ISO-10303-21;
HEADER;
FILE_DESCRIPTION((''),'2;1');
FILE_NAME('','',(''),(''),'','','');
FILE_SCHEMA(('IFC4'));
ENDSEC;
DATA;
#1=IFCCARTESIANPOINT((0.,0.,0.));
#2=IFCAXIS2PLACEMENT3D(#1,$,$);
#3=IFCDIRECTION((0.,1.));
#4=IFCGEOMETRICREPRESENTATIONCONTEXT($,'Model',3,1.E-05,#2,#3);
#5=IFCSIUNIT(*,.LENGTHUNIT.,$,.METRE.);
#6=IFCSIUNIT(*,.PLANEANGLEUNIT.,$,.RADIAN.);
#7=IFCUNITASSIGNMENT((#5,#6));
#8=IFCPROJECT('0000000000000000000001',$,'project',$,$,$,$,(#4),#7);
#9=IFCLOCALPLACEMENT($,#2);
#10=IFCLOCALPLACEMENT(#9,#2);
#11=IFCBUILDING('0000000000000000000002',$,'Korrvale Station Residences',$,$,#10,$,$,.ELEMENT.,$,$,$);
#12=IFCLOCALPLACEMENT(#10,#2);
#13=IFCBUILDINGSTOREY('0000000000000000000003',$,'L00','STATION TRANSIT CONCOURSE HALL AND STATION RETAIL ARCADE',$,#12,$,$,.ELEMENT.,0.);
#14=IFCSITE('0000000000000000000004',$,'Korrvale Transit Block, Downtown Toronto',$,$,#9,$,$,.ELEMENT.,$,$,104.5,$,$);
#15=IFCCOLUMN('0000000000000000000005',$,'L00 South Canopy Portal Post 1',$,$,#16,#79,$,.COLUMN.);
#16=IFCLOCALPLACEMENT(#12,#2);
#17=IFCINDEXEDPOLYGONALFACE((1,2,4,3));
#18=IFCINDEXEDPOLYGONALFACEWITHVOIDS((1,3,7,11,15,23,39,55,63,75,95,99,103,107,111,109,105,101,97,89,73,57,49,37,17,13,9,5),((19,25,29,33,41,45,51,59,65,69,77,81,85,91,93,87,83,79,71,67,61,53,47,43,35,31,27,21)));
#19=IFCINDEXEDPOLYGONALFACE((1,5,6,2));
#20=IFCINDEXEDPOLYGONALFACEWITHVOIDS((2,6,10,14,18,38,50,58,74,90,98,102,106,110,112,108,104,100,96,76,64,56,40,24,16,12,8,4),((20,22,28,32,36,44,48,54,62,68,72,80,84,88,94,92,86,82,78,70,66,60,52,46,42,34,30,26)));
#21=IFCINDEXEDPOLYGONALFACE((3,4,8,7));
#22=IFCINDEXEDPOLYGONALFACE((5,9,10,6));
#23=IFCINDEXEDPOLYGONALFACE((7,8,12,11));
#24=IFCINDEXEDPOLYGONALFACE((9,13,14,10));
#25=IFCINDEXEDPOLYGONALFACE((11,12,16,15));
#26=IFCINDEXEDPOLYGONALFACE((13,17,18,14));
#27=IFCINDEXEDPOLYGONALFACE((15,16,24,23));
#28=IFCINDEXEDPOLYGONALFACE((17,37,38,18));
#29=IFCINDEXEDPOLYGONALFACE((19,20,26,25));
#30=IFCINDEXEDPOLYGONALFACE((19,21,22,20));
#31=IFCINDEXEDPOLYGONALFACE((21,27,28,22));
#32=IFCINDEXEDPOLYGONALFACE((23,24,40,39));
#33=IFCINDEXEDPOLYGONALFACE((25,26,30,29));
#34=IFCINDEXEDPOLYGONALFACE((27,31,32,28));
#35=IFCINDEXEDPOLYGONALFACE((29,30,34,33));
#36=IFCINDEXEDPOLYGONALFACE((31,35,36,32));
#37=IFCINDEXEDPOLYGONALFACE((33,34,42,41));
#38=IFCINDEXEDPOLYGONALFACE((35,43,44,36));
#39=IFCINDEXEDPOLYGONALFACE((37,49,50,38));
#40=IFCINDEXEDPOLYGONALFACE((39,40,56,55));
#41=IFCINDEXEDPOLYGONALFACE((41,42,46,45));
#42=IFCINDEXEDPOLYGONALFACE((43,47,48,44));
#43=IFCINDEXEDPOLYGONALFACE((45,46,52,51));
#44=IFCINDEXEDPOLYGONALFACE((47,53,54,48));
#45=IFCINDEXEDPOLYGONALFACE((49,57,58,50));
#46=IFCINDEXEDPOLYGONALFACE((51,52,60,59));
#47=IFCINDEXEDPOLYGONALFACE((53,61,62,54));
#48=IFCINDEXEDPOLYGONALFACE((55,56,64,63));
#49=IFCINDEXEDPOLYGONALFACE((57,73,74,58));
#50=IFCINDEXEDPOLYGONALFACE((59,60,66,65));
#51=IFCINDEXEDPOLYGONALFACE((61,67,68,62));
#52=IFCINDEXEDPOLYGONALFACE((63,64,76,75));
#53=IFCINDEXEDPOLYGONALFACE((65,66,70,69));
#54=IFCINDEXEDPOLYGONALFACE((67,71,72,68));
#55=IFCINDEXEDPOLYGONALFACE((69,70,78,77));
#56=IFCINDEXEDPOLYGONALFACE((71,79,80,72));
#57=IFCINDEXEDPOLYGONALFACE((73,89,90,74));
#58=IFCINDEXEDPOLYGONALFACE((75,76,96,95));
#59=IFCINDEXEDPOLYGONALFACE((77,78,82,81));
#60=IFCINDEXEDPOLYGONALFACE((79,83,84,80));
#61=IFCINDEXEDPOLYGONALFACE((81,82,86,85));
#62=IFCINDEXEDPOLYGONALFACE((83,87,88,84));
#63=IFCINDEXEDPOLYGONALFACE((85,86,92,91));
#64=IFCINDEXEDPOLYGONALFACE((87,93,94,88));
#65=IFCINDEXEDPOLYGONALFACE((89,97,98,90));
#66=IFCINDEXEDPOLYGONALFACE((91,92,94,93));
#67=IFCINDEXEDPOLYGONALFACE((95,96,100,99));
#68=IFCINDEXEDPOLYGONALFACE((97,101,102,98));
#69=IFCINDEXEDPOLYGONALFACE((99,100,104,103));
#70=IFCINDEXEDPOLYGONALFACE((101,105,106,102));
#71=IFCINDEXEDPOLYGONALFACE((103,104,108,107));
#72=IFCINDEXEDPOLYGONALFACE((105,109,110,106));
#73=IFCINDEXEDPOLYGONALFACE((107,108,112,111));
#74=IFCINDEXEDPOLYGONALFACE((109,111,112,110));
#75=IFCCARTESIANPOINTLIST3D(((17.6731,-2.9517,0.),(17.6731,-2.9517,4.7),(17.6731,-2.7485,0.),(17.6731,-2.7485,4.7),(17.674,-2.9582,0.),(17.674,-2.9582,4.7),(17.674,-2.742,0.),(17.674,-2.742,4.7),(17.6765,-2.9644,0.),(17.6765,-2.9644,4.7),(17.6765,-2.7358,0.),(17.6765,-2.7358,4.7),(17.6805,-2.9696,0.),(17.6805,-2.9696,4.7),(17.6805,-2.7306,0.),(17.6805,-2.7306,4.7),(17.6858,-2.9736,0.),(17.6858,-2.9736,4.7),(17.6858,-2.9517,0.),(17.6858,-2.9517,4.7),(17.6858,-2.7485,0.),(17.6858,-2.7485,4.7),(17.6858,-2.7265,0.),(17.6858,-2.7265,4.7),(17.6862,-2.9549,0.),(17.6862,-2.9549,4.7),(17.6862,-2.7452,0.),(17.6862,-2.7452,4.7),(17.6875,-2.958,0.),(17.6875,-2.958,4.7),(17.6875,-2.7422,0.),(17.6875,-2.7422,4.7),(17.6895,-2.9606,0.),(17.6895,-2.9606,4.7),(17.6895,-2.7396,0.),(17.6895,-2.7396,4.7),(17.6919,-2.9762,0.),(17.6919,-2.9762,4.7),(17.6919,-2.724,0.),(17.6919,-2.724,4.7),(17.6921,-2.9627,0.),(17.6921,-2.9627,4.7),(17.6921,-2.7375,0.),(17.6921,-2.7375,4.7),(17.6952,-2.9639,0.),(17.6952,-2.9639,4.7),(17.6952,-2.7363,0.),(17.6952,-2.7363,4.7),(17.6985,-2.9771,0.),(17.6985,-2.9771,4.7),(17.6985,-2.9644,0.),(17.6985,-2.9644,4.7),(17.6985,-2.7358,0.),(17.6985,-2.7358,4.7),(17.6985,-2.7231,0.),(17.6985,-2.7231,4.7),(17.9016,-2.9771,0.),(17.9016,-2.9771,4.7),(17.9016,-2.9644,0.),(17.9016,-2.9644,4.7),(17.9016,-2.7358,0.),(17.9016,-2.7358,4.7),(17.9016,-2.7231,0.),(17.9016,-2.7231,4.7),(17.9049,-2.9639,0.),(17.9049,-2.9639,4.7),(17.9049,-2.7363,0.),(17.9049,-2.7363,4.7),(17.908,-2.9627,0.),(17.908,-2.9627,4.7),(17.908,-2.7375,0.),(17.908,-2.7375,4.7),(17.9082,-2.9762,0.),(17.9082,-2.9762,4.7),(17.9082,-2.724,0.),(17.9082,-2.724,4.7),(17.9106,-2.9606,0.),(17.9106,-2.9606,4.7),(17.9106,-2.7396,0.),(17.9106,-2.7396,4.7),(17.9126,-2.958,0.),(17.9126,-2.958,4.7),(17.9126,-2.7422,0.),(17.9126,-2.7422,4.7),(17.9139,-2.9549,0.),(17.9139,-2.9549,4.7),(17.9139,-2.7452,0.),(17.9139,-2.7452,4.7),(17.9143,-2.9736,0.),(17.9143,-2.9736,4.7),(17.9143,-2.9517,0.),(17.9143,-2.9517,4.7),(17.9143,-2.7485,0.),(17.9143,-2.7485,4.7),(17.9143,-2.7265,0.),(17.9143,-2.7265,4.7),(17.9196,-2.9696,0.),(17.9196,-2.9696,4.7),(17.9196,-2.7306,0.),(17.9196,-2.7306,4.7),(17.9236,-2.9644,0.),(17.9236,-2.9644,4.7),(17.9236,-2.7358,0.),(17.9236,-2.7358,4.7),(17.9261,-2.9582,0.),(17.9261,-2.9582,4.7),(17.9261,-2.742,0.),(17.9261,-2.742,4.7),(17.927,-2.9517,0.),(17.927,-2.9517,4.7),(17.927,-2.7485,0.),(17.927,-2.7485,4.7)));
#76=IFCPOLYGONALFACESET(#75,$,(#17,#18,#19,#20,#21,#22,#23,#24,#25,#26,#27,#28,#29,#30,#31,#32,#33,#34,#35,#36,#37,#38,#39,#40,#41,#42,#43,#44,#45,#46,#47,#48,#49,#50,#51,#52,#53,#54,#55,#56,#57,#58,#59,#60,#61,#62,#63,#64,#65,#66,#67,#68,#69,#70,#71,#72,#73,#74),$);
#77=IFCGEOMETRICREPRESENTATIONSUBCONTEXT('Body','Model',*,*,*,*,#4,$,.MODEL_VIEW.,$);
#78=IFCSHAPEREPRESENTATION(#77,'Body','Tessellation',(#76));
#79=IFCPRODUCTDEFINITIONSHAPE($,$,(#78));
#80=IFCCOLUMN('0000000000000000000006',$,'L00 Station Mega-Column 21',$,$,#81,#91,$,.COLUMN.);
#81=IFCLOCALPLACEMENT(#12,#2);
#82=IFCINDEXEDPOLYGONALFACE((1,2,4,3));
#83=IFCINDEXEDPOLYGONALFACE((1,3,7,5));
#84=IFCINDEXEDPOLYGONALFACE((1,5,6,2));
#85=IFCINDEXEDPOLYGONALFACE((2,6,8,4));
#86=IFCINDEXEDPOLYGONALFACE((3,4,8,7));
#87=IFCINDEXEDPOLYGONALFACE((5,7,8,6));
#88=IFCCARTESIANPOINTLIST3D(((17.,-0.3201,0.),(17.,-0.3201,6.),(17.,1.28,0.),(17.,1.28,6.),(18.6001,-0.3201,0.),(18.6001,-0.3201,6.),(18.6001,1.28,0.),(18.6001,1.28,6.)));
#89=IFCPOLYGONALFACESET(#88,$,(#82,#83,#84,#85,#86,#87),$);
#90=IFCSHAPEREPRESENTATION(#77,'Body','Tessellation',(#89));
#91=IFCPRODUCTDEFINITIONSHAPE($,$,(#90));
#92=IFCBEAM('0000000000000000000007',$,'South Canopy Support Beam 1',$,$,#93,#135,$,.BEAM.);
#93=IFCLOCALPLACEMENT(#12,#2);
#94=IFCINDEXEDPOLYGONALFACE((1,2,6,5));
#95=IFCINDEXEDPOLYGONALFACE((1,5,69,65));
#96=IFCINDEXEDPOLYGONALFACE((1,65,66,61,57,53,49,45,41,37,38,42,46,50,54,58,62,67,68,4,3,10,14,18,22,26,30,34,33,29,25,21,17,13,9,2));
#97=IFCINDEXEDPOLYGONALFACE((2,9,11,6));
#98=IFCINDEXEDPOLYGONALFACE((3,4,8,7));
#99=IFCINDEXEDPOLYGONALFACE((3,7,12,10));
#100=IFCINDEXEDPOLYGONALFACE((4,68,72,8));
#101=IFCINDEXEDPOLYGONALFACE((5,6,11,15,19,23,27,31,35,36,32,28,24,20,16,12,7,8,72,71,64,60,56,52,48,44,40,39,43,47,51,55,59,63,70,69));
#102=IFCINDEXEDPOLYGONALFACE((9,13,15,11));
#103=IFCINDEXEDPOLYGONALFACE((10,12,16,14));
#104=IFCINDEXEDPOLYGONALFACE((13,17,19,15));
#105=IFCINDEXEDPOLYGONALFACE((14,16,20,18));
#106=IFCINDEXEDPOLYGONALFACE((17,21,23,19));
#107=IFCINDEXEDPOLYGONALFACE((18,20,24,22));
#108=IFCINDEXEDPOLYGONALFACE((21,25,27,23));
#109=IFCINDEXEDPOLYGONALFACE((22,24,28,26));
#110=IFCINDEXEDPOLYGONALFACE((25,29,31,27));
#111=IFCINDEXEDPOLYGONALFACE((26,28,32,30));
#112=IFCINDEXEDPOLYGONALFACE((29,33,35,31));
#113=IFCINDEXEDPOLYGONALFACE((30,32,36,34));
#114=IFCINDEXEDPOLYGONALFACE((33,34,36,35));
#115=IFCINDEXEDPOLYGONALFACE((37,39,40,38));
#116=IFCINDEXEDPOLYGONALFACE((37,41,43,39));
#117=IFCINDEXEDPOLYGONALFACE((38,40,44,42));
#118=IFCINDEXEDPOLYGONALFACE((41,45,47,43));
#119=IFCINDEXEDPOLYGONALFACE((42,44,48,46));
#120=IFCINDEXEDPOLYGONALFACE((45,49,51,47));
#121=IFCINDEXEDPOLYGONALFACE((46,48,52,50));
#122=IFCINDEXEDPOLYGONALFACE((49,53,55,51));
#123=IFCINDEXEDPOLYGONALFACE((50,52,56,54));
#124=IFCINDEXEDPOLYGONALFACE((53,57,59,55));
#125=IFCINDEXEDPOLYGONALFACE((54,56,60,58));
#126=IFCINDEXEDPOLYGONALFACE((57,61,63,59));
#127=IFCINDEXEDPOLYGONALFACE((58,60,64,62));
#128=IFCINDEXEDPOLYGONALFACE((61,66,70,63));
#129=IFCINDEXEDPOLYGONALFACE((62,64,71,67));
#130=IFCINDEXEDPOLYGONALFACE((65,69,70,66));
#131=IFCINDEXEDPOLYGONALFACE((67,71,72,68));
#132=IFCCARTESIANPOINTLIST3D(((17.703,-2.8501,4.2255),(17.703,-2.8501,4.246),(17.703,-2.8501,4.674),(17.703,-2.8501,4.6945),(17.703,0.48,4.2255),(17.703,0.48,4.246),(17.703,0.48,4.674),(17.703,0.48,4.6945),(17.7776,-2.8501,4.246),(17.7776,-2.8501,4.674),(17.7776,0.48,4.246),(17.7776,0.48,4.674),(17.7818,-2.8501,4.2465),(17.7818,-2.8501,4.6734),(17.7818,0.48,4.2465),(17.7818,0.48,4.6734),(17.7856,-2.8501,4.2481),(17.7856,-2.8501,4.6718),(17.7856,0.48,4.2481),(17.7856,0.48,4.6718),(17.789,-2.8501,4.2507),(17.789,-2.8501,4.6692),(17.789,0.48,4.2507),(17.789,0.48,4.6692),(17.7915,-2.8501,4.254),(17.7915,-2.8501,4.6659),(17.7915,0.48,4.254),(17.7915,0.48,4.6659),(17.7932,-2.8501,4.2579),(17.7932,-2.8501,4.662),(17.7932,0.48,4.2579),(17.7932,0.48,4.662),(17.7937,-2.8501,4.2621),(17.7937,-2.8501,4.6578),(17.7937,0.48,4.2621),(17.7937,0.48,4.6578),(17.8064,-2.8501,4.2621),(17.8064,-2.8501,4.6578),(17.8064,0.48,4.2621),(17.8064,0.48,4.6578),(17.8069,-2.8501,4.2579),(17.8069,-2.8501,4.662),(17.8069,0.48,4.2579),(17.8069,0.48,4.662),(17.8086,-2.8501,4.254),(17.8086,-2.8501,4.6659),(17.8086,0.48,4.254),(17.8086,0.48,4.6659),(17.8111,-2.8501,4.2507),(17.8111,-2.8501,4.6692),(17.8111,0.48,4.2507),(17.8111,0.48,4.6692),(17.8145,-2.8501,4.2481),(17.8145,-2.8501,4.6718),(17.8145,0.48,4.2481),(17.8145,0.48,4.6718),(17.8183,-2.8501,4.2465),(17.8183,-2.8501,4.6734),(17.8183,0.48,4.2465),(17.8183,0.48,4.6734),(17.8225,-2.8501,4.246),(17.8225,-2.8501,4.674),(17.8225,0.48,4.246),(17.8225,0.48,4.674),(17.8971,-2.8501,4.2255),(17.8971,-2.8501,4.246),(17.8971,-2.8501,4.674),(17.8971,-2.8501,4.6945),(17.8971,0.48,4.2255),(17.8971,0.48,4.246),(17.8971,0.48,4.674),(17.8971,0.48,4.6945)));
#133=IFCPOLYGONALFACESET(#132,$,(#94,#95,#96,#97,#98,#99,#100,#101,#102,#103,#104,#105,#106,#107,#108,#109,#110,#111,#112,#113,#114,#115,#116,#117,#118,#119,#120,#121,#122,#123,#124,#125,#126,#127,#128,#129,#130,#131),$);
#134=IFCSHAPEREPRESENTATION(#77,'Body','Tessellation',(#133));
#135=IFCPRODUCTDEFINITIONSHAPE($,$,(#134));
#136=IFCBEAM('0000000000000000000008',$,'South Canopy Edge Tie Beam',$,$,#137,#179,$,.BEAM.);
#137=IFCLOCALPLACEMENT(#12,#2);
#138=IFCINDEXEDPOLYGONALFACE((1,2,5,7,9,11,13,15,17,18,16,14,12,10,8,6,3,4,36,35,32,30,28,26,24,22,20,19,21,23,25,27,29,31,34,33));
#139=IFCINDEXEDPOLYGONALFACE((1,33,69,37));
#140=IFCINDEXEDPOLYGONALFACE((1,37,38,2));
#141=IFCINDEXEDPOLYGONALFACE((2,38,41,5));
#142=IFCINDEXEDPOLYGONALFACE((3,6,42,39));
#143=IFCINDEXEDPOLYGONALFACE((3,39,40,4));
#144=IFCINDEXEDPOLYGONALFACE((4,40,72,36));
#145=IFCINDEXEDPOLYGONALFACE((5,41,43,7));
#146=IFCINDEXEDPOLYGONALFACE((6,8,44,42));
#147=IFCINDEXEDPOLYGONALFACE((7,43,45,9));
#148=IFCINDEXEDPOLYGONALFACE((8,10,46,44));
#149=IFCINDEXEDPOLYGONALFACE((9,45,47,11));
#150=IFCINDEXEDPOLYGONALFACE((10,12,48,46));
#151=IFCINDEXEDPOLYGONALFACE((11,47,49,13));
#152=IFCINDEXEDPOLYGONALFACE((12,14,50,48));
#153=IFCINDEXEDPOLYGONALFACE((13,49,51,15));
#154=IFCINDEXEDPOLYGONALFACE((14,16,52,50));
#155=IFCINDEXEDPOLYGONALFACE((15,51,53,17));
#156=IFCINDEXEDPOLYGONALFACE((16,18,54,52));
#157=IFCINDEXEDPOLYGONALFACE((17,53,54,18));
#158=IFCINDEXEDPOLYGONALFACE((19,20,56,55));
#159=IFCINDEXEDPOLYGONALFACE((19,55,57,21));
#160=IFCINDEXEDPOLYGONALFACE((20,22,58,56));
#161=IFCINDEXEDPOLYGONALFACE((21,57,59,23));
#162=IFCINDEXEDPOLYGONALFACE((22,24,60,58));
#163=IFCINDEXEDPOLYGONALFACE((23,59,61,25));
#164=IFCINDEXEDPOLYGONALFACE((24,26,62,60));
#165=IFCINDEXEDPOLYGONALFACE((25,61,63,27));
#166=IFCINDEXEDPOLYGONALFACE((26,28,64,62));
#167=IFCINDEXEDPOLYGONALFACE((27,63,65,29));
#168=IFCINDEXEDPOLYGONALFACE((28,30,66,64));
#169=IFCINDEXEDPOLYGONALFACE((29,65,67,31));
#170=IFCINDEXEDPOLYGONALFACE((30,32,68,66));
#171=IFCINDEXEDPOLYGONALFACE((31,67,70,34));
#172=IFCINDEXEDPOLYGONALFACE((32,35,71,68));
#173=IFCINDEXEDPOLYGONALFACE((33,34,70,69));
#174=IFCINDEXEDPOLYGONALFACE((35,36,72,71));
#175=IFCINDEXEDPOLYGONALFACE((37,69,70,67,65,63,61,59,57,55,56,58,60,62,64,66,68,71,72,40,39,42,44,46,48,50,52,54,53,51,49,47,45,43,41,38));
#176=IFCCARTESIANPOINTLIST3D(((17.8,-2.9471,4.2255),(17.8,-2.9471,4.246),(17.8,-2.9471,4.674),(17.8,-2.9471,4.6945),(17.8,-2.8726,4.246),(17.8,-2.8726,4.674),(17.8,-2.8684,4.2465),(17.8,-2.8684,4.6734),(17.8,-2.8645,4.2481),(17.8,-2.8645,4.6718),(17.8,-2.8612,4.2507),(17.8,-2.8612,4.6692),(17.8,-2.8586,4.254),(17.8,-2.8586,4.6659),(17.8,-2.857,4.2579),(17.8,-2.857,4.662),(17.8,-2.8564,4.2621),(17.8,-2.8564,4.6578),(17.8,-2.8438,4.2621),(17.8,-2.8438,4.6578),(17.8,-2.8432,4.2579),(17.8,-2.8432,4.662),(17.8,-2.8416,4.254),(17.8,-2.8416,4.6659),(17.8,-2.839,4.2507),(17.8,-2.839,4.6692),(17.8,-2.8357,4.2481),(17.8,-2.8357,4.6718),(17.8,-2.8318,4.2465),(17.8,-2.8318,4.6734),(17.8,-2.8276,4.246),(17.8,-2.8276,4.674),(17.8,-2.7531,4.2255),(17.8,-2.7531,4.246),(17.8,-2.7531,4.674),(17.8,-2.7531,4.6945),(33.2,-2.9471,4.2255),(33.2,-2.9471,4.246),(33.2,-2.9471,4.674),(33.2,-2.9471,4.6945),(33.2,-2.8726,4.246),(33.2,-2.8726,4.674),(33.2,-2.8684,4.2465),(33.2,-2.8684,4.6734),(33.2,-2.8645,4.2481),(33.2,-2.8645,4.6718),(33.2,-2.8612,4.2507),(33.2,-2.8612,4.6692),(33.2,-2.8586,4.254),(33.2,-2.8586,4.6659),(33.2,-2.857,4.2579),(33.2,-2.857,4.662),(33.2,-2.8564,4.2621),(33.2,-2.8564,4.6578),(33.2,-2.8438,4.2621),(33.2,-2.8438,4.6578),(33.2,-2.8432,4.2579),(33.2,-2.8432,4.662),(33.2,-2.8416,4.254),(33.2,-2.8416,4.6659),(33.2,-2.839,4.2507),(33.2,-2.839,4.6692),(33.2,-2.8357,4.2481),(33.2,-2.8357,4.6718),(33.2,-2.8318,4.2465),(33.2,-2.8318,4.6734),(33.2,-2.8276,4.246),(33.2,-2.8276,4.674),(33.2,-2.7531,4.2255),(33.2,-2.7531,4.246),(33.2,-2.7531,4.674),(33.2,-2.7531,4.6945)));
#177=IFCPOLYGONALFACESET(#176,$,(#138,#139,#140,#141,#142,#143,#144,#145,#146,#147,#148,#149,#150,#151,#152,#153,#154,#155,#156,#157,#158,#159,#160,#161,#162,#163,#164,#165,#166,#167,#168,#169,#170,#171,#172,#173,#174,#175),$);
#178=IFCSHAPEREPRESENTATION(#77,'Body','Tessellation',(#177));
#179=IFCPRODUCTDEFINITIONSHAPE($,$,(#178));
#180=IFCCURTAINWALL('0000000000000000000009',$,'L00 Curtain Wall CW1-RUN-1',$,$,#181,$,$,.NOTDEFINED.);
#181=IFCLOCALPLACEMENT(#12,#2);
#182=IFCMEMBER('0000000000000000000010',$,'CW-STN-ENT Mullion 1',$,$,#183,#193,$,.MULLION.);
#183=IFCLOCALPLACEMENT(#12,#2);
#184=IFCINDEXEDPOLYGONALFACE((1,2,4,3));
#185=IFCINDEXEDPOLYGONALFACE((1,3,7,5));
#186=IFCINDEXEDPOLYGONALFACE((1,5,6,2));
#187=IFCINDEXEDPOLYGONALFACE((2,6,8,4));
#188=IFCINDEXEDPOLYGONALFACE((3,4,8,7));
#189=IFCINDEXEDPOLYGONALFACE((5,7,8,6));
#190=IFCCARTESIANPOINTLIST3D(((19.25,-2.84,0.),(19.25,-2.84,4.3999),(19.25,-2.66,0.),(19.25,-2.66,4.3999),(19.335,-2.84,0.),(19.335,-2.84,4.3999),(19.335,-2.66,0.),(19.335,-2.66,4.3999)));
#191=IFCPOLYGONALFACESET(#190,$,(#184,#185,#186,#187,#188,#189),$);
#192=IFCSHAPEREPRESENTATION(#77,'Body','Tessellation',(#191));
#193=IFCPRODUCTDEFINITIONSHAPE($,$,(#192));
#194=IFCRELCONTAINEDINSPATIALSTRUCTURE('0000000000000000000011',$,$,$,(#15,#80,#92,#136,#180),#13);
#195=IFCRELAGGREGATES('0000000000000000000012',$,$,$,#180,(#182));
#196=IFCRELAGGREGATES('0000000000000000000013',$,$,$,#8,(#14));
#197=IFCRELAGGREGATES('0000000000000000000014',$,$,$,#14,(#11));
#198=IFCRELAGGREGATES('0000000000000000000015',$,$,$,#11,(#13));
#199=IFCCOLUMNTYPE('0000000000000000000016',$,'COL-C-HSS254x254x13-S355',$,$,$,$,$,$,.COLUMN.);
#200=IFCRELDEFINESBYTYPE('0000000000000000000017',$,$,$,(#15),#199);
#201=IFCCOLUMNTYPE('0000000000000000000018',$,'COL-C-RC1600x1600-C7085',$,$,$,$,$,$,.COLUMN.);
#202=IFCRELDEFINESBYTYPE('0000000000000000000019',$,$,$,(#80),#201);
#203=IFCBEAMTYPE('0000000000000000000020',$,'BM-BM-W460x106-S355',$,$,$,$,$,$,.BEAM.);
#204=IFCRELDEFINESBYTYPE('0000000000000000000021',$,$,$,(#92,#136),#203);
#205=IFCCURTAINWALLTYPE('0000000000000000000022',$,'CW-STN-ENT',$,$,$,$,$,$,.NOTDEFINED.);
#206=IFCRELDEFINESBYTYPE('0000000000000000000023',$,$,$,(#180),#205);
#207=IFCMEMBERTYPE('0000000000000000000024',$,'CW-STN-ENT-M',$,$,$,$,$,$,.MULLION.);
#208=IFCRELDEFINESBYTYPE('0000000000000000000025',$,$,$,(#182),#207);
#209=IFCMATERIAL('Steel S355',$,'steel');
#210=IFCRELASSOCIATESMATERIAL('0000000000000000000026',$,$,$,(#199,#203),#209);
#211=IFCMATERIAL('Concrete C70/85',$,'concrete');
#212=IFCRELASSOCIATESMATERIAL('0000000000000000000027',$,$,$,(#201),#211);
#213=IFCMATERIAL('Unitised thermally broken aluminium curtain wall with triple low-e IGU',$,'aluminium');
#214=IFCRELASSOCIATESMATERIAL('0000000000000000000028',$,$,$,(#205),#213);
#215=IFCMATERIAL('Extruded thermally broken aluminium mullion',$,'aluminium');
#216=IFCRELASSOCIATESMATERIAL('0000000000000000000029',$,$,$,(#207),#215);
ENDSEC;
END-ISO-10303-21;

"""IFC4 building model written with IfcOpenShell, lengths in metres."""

from ifc_helpers import new_model, si_unit, direction, frame, origin, origin_2d, place, context, subcontext, project, spatial, rectangle, hollow_rectangle, i_section, extrude, material, material_profile, profile_set, type_object, element, aggregate, save


model = new_model("IFC4")

# Units and contexts
model_context = context("Model", 3, precision=1e-05, world=origin(), true_north=direction((0.0, 1.0)))
body_context = subcontext(model_context, "Body", "Model", "MODEL_VIEW")
ifc_project = project(units=[si_unit("LENGTHUNIT", "METRE"), si_unit("PLANEANGLEUNIT", "RADIAN")], contexts=[model_context])

# Site, building, storey
site_placement = place(None, origin())
site = spatial("IfcSite", under=ifc_project, at=site_placement, Name="Korrvale Transit Block, Downtown Toronto", CompositionType="ELEMENT", RefElevation=104.5)
building_placement = place(site_placement, origin())
building = spatial("IfcBuilding", under=site, at=building_placement, Name="Korrvale Station Residences", CompositionType="ELEMENT")
storey_placement = place(building_placement, origin())
storey = spatial("IfcBuildingStorey", under=building, at=storey_placement, Name="L00", Description="STATION TRANSIT CONCOURSE HALL AND STATION RETAIL ARCADE", CompositionType="ELEMENT", Elevation=0.0)

# Columns
ifc_material_1 = material(Name="Steel S355", Category="steel")
ifc_material_profile_1 = material_profile(ifc_material_1, hollow_rectangle(XDim=0.2539, YDim=0.2539, WallThickness=0.0127, InnerFilletRadius=0.0127, OuterFilletRadius=0.0254, at=origin_2d()), Name="HSS254x254x13")
ifc_profile_set_1 = profile_set([ifc_material_profile_1], Name="Steel S355")
column_type_1 = type_object("IfcColumnType", Name="COL-C-HSS254x254x13-S355", PredefinedType="COLUMN", material=ifc_profile_set_1)
column_1_placement = place(storey_placement, frame((17.8, -2.8501, 0.0), z_axis=(0.0, 0.0, 1.0), x_axis=(1.0, 0.0, 0.0)))
element("IfcColumn", 1, at=column_1_placement, inside=storey, type_object=column_type_1, Name="L00 South Canopy Portal Post 1", PredefinedType="COLUMN", context=body_context, shape_type="SweptSolid", body=[
    extrude(hollow_rectangle(XDim=0.2539, YDim=0.2539, WallThickness=0.0127, InnerFilletRadius=0.0127, OuterFilletRadius=0.0254, at=origin_2d()), origin(), (0.0, 0.0, 1.0), 4.7),
])
ifc_material_2 = material(Name="Concrete C70/85", Category="concrete")
ifc_material_profile_2 = material_profile(ifc_material_2, rectangle(XDim=1.6001, YDim=1.6001, at=origin_2d()), Name="RC1600x1600")
ifc_profile_set_2 = profile_set([ifc_material_profile_2], Name="Concrete C70/85")
column_type_2 = type_object("IfcColumnType", Name="COL-C-RC1600x1600-C7085", PredefinedType="COLUMN", material=ifc_profile_set_2)
column_2_placement = place(storey_placement, frame((17.8, 0.48, 0.0), z_axis=(0.0, 0.0, 1.0), x_axis=(1.0, 0.0, 0.0)))
element("IfcColumn", 2, at=column_2_placement, inside=storey, type_object=column_type_2, Name="L00 Station Mega-Column 21", PredefinedType="COLUMN", context=body_context, shape_type="SweptSolid", body=[
    extrude(rectangle(XDim=1.6001, YDim=1.6001, at=origin_2d()), origin(), (0.0, 0.0, 1.0), 6.0),
])

# Beams
ifc_material_profile_3 = material_profile(ifc_material_1, i_section(OverallWidth=0.1941, OverallDepth=0.469, WebThickness=0.0127, FlangeThickness=0.0205, FilletRadius=0.0161, at=origin_2d()), Name="W460x106")
ifc_profile_set_3 = profile_set([ifc_material_profile_3], Name="Steel S355")
beam_type = type_object("IfcBeamType", Name="BM-BM-W460x106-S355", PredefinedType="BEAM", material=ifc_profile_set_3)
beam_1_placement = place(storey_placement, frame((17.8, 0.48, 4.46), z_axis=(0.0, -1.0, 0.0), x_axis=(1.0, 0.0, 0.0)))
element("IfcBeam", 3, at=beam_1_placement, inside=storey, type_object=beam_type, Name="South Canopy Support Beam 1", PredefinedType="BEAM", context=body_context, shape_type="SweptSolid", body=[
    extrude(i_section(OverallWidth=0.1941, OverallDepth=0.469, WebThickness=0.0127, FlangeThickness=0.0205, FilletRadius=0.0161, at=origin_2d()), origin(), (0.0, 0.0, 1.0), 3.3301),
])
beam_2_placement = place(storey_placement, frame((17.8, -2.8501, 4.46), z_axis=(1.0, 0.0, 0.0), x_axis=(0.0, 1.0, 0.0)))
element("IfcBeam", 4, at=beam_2_placement, inside=storey, type_object=beam_type, Name="South Canopy Edge Tie Beam", PredefinedType="BEAM", context=body_context, shape_type="SweptSolid", body=[
    extrude(i_section(OverallWidth=0.1941, OverallDepth=0.469, WebThickness=0.0127, FlangeThickness=0.0205, FilletRadius=0.0161, at=origin_2d()), origin(), (0.0, 0.0, 1.0), 15.3999),
])

# Curtain wall, member
ifc_material_3 = material(Name="Unitised thermally broken aluminium curtain wall with triple low-e IGU", Category="aluminium")
curtain_wall_type = type_object("IfcCurtainWallType", Name="CW-STN-ENT", PredefinedType="NOTDEFINED", material=ifc_material_3)
curtain_wall_placement = place(storey_placement, origin())
curtain_wall = element("IfcCurtainWall", 5, at=curtain_wall_placement, inside=storey, type_object=curtain_wall_type, Name="L00 Curtain Wall CW1-RUN-1", PredefinedType="NOTDEFINED")
ifc_material_4 = material(Name="Extruded thermally broken aluminium mullion", Category="aluminium")
member_type_1 = type_object("IfcMemberType", Name="CW-STN-ENT-M", PredefinedType="MULLION", material=ifc_material_4)
member_1_placement = place(storey_placement, frame((19.2925, -2.75, 0.0), z_axis=(0.0, 0.0, 1.0), x_axis=(1.0, 0.0, 0.0)))
member_1 = element("IfcMember", 6, at=member_1_placement, type_object=member_type_1, Name="CW-STN-ENT Mullion 1", PredefinedType="MULLION", context=body_context, shape_type="SweptSolid", body=[
    extrude(rectangle(XDim=0.085, YDim=0.1799, at=origin_2d()), origin(), (0.0, 0.0, 1.0), 4.3999),
])
aggregate(curtain_wall, [member_1])

save(model, "model.ifc")
